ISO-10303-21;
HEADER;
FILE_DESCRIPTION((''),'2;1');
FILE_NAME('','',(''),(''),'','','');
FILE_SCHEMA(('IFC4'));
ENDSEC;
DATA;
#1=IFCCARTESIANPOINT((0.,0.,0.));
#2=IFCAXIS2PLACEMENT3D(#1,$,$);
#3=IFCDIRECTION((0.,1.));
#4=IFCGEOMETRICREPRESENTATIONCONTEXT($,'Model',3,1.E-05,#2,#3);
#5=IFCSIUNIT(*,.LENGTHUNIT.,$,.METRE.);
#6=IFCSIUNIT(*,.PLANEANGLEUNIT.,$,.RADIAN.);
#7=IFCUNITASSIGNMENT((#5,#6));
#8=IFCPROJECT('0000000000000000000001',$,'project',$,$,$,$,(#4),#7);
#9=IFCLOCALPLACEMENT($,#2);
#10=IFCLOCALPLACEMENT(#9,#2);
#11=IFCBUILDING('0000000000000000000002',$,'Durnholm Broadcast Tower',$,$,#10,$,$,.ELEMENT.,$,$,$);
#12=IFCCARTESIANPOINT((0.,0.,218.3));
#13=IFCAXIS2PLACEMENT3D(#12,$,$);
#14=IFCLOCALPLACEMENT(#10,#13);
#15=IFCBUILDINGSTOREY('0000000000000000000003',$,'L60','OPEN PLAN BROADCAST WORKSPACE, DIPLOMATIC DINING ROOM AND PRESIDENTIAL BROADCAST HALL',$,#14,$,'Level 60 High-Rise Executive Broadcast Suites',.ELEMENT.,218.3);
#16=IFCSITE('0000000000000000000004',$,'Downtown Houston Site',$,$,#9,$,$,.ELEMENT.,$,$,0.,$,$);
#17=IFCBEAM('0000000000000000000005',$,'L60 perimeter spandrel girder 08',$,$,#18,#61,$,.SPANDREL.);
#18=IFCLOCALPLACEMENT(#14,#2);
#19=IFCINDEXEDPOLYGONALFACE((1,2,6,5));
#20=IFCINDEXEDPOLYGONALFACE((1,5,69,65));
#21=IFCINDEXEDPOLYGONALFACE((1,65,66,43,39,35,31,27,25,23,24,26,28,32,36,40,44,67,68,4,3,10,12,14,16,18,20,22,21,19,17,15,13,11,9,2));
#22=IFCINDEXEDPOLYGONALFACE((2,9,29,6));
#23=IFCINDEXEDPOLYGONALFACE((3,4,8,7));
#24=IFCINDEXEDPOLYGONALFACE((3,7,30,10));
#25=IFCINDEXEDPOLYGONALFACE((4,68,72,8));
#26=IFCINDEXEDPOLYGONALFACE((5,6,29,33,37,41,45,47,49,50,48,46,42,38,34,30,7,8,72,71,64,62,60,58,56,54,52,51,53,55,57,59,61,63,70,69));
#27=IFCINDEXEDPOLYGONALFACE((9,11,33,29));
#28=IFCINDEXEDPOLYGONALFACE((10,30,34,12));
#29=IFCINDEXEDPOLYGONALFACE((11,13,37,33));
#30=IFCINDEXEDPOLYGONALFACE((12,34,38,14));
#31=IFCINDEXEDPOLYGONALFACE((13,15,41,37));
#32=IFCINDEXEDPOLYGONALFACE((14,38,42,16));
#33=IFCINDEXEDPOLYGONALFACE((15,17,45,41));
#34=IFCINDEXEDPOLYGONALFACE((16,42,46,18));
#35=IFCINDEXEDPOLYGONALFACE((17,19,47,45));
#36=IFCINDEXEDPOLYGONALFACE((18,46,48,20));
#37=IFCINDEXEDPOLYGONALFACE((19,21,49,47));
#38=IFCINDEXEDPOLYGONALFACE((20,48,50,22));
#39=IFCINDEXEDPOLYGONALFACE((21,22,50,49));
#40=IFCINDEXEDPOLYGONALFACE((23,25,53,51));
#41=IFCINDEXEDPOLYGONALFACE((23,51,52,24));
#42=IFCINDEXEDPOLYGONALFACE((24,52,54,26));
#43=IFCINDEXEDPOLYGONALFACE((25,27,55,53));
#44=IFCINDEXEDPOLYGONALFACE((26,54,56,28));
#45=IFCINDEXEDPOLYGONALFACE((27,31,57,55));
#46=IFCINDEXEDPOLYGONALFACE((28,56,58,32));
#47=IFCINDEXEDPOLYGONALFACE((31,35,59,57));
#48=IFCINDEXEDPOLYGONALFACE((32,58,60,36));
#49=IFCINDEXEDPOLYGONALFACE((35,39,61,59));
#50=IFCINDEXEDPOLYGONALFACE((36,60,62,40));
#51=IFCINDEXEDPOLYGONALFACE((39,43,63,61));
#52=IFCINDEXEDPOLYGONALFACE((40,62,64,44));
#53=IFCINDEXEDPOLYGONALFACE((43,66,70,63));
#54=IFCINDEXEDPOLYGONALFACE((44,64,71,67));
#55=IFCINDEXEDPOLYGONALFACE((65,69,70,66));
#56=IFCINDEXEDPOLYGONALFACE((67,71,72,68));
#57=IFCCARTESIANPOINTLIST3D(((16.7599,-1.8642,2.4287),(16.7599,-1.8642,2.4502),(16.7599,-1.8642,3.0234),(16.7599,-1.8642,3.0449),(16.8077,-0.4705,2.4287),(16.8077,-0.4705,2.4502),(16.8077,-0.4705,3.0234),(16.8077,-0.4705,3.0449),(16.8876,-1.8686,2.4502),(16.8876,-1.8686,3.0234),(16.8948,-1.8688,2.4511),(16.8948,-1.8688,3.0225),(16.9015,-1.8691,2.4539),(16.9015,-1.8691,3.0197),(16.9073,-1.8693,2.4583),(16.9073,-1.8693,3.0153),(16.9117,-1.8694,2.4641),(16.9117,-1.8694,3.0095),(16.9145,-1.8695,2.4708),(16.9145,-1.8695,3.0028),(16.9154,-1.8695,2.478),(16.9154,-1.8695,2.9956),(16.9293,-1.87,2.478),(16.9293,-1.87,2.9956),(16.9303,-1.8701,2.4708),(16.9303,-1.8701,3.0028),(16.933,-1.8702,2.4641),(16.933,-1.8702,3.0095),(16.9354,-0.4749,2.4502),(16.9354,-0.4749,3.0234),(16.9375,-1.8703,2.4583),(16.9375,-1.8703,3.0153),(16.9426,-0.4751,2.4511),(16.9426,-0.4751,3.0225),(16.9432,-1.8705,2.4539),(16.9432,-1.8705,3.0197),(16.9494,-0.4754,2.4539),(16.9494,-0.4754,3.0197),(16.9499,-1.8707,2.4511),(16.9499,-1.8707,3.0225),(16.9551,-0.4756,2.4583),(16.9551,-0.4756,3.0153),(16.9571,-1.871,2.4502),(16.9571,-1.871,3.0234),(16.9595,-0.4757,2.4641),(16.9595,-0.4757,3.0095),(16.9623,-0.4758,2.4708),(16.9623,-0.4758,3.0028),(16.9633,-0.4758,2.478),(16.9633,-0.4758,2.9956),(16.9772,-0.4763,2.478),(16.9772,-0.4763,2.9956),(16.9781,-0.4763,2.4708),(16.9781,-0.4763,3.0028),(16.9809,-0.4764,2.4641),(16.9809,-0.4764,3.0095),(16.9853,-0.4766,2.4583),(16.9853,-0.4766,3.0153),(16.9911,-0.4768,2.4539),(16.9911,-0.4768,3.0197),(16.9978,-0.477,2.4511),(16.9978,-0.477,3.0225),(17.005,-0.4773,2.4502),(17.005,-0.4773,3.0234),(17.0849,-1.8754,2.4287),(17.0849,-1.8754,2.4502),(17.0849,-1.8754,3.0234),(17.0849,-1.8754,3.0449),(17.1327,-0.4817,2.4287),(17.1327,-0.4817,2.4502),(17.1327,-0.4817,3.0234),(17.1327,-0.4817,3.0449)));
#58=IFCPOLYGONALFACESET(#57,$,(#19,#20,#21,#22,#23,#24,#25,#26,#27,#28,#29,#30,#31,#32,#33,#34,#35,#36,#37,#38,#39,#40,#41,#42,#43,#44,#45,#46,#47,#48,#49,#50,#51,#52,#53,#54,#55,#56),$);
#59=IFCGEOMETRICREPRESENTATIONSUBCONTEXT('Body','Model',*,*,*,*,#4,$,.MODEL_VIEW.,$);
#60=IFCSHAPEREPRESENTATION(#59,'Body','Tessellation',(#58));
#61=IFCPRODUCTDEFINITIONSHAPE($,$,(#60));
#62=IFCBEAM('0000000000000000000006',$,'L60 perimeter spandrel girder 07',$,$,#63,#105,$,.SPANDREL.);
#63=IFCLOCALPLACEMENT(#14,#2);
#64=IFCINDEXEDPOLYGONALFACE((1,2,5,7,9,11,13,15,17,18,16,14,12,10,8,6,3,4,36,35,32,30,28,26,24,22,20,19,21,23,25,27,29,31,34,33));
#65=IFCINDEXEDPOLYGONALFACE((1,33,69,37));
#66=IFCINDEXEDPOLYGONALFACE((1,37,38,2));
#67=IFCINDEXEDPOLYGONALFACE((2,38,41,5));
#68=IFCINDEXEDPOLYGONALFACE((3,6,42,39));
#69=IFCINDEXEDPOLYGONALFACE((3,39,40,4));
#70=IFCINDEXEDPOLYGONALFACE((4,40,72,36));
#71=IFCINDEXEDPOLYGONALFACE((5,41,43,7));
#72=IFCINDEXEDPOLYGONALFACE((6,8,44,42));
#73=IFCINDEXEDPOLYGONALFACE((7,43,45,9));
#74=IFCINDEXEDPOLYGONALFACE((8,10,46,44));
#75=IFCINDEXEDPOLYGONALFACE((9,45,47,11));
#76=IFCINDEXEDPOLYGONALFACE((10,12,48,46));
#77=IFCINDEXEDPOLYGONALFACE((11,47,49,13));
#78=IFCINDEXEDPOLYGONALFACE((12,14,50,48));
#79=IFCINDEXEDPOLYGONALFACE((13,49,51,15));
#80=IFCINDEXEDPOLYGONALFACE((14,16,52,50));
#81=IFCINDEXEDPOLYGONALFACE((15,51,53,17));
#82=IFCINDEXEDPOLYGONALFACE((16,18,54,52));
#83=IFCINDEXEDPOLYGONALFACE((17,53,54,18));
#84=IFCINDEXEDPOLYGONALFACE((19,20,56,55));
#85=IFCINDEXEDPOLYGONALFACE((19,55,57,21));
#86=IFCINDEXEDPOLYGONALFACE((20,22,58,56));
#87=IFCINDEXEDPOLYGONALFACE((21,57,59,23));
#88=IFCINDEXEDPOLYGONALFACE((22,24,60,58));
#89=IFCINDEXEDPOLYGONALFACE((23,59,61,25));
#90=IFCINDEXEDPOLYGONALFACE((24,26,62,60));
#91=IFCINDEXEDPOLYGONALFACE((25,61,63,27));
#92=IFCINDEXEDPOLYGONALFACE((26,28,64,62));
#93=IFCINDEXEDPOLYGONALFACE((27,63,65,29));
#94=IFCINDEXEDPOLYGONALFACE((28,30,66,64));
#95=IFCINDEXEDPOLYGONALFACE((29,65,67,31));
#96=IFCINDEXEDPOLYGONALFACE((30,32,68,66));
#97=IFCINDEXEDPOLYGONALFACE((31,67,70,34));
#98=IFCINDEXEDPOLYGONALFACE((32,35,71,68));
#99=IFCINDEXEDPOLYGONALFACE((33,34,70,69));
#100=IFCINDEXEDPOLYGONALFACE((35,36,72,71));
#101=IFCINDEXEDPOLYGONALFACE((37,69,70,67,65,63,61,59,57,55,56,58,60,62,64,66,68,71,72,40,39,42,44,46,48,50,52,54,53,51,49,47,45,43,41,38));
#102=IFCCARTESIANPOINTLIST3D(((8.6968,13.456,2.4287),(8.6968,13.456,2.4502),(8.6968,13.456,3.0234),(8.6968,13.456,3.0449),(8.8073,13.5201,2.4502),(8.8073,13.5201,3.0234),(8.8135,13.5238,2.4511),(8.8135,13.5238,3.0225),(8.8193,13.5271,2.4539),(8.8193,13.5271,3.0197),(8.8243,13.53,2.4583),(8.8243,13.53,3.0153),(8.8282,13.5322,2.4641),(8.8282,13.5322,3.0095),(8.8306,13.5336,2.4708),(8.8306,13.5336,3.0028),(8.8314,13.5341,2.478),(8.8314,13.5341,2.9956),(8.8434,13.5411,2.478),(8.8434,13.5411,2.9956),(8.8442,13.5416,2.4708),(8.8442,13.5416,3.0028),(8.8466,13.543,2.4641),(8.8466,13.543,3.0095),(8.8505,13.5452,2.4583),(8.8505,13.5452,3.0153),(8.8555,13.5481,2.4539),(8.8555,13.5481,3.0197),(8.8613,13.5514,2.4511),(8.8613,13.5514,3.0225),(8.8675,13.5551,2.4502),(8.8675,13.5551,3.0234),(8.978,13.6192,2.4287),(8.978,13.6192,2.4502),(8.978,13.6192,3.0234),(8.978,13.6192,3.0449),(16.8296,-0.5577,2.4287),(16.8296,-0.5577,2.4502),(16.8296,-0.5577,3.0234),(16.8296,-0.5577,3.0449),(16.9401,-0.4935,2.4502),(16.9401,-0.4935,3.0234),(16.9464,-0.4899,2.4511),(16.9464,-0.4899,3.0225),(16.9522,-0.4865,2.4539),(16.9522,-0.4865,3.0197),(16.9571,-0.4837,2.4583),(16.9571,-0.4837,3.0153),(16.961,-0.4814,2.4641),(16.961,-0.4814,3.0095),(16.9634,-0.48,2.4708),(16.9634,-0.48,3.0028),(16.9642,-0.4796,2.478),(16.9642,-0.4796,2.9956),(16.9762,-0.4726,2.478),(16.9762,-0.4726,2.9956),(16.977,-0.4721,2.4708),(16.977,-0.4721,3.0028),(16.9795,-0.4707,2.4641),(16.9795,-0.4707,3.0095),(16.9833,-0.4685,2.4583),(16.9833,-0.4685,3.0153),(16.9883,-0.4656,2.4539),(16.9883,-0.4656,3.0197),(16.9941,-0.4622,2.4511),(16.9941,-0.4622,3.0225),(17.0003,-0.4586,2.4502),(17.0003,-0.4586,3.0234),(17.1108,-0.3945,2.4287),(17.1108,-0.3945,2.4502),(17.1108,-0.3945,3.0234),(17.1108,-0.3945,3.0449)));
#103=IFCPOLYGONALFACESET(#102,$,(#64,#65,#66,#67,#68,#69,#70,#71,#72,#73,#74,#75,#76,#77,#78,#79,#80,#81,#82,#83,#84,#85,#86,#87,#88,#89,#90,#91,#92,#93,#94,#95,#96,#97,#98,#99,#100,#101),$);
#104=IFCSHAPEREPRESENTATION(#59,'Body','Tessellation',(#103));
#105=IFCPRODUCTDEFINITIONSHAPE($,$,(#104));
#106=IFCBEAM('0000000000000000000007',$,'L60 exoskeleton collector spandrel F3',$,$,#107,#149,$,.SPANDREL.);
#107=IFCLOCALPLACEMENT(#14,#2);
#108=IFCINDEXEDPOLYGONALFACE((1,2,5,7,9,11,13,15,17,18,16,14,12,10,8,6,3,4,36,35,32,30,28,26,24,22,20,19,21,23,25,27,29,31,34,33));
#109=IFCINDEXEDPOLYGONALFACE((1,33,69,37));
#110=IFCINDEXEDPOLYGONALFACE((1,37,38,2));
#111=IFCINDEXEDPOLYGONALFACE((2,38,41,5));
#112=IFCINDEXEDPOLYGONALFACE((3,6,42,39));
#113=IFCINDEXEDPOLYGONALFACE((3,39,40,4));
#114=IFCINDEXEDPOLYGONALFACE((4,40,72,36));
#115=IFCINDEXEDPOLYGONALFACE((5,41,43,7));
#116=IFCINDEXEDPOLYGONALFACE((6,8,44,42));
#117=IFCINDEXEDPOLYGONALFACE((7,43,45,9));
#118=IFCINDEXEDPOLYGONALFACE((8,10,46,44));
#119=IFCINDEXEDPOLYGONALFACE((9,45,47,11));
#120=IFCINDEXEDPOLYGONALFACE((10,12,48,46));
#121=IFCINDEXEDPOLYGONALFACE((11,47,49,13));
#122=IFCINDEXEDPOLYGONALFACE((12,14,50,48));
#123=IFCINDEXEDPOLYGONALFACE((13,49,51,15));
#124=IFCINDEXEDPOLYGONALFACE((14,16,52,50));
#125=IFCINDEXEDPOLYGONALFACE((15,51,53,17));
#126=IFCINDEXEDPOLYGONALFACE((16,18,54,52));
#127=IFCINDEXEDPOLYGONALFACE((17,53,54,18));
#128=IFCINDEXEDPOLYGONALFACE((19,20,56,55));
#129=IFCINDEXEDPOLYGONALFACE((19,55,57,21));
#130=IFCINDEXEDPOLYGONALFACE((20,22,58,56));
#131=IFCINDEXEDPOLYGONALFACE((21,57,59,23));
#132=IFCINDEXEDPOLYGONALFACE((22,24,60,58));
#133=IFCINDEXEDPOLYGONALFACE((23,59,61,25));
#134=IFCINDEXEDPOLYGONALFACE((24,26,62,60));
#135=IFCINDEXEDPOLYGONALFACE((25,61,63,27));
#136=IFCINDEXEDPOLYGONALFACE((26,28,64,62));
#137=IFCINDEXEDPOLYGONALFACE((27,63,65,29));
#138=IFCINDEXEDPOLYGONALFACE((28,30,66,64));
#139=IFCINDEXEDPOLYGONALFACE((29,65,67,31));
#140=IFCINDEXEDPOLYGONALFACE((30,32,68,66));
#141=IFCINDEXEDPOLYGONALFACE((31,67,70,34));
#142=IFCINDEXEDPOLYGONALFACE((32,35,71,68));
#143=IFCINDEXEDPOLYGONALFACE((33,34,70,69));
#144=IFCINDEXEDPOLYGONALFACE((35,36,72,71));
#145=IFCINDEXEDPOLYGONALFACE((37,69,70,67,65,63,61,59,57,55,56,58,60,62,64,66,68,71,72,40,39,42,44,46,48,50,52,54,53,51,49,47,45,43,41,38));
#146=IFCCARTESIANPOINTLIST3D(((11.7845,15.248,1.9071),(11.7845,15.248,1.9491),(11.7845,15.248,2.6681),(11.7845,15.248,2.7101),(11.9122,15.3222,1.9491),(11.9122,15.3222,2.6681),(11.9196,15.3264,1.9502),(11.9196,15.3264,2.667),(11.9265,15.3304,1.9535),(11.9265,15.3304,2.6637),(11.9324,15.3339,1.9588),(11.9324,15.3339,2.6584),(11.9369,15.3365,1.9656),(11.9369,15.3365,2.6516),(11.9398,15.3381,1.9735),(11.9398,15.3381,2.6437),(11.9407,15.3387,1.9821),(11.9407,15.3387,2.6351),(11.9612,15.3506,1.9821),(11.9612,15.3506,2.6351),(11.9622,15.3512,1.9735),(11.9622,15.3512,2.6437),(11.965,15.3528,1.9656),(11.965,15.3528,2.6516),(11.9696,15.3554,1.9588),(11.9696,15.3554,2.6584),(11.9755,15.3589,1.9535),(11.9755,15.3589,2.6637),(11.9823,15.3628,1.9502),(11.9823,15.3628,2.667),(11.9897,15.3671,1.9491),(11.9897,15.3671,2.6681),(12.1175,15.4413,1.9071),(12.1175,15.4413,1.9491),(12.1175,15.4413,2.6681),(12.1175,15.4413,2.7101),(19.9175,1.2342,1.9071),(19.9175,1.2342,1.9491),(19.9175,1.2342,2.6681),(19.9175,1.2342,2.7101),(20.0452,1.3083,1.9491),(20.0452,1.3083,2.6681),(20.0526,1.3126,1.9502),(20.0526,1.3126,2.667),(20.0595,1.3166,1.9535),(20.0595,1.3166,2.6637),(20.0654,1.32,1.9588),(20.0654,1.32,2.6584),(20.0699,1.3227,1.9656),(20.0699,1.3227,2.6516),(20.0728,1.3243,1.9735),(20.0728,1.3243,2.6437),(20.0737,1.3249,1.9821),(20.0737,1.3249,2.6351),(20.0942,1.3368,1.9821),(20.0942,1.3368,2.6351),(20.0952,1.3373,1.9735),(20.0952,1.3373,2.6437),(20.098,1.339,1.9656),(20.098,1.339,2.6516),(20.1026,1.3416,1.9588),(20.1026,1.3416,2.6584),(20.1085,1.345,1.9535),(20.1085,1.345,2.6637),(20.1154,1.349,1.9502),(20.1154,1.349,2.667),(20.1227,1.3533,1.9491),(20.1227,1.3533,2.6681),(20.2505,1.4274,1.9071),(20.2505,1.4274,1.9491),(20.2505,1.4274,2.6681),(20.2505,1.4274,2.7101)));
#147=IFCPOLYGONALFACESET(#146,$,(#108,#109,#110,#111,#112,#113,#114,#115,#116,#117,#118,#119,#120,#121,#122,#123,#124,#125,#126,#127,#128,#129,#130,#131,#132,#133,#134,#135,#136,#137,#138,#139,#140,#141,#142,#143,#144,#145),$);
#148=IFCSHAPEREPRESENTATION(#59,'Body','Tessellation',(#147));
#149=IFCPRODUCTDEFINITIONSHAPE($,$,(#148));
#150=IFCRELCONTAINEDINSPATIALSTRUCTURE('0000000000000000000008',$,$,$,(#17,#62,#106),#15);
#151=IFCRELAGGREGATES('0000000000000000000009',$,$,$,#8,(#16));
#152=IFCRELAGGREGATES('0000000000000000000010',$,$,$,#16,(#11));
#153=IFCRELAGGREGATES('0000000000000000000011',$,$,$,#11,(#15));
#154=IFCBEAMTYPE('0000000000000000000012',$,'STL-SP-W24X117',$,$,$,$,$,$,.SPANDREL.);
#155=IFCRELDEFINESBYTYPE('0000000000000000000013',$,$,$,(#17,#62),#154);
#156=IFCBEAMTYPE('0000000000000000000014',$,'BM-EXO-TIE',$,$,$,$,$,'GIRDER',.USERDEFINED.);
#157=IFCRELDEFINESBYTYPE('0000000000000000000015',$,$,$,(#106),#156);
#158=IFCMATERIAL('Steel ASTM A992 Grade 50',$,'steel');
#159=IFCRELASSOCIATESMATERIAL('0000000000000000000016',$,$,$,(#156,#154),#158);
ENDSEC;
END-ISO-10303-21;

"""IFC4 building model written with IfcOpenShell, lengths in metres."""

from ifc_helpers import new_model, si_unit, direction, frame, origin, origin_2d, place, context, subcontext, project, spatial, i_section, extrude, source, transform, mapped, material, material_profile, profile_set, type_object, type_shapes, element, save


model = new_model("IFC4")

# Units and contexts
model_context = context("Model", 3, precision=1e-05, world=origin(), true_north=direction((0.0, 1.0)))
body_context = subcontext(model_context, "Body", "Model", "MODEL_VIEW")
ifc_project = project(units=[si_unit("LENGTHUNIT", "METRE"), si_unit("PLANEANGLEUNIT", "RADIAN")], contexts=[model_context])

# Site, building, storey
site_placement = place(None, origin())
site = spatial("IfcSite", under=ifc_project, at=site_placement, Name="Downtown Houston Site", CompositionType="ELEMENT", RefElevation=0.0)
building_placement = place(site_placement, origin())
building = spatial("IfcBuilding", under=site, at=building_placement, Name="Durnholm Broadcast Tower", CompositionType="ELEMENT")
storey_placement = place(building_placement, frame((0.0, 0.0, 218.3)))
storey = spatial("IfcBuildingStorey", under=building, at=storey_placement, Name="L60", Description="OPEN PLAN BROADCAST WORKSPACE, DIPLOMATIC DINING ROOM AND PRESIDENTIAL BROADCAST HALL", LongName="Level 60 High-Rise Executive Broadcast Suites", CompositionType="ELEMENT", Elevation=218.3)

# Beams
ifc_material_1 = material(Name="Steel ASTM A992 Grade 50", Category="steel")
ifc_material_profile_1 = material_profile(ifc_material_1, i_section(OverallWidth=0.385, OverallDepth=0.803, WebThickness=0.0237, FlangeThickness=0.042, FilletRadius=0.033, at=origin_2d()), Name="W30X261")
ifc_profile_set_1 = profile_set([ifc_material_profile_1], Name="Steel ASTM A992 Grade 50")
beam_type_1 = type_object("IfcBeamType", Name="BM-EXO-TIE", ElementType="GIRDER", PredefinedType="USERDEFINED", material=ifc_profile_set_1)
ifc_material_profile_2 = material_profile(ifc_material_1, i_section(OverallWidth=0.3252, OverallDepth=0.6162, WebThickness=0.0139, FlangeThickness=0.0215, FilletRadius=0.0278, at=origin_2d()), Name="W24X117")
ifc_profile_set_2 = profile_set([ifc_material_profile_2], Name="Steel ASTM A992 Grade 50")
beam_type_2 = type_object("IfcBeamType", Name="STL-SP-W24X117", PredefinedType="SPANDREL", material=ifc_profile_set_2)
shared_shape_1 = source(origin(), body_context, "Body", "SweptSolid", [
    extrude(i_section(OverallWidth=0.3252, OverallDepth=0.6162, WebThickness=0.0139, FlangeThickness=0.0215, FilletRadius=0.0278, at=origin_2d()), origin(), (0.0, 0.0, 1.0), 1.3945),
])
beam_1_placement = place(storey_placement, frame((16.9702, -0.4761, 2.7368), z_axis=(-0.034312, -0.999411, 0.0), x_axis=(0.999411, -0.034312, 0.0)))
element("IfcBeam", 1, at=beam_1_placement, inside=storey, type_object=beam_type_2, Name="L60 perimeter spandrel girder 08", PredefinedType="SPANDREL", context=body_context, shape_type="MappedRepresentation", body=[
    mapped(shared_shape_1, transform((0.0, 0.0, 0.0), x_axis=(1.0, 0.0, 0.0), y_axis=(0.0, 1.0, 0.0), z_axis=(0.0, 0.0, 1.0), scale=1.0)),
])
shared_shape_2 = source(origin(), body_context, "Body", "SweptSolid", [
    extrude(i_section(OverallWidth=0.3252, OverallDepth=0.6162, WebThickness=0.0139, FlangeThickness=0.0215, FilletRadius=0.0278, at=origin_2d()), origin(), (0.0, 0.0, 1.0), 16.2026),
])
type_shapes(beam_type_2, [shared_shape_1, shared_shape_2])
beam_2_placement = place(storey_placement, frame((8.8374, 13.5376, 2.7368), z_axis=(0.501944, -0.8649, 0.0), x_axis=(0.8649, 0.501944, 0.0)))
element("IfcBeam", 2, at=beam_2_placement, inside=storey, type_object=beam_type_2, Name="L60 perimeter spandrel girder 07", PredefinedType="SPANDREL", context=body_context, shape_type="MappedRepresentation", body=[
    mapped(shared_shape_2, transform((0.0, 0.0, 0.0), x_axis=(1.0, 0.0, 0.0), y_axis=(0.0, 1.0, 0.0), z_axis=(0.0, 0.0, 1.0), scale=1.0)),
])
shared_shape_3 = source(origin(), body_context, "Body", "SweptSolid", [
    extrude(i_section(OverallWidth=0.385, OverallDepth=0.803, WebThickness=0.0237, FlangeThickness=0.042, FilletRadius=0.033, at=origin_2d()), origin(), (0.0, 0.0, 1.0), 16.2029),
])
beam_3_placement = place(storey_placement, frame((20.084, 1.3308, 2.3086), z_axis=(-0.501948, 0.864898, 0.0), x_axis=(-0.864898, -0.501948, 0.0)))
element("IfcBeam", 3, at=beam_3_placement, inside=storey, type_object=beam_type_1, Name="L60 exoskeleton collector spandrel F3", PredefinedType="SPANDREL", context=body_context, shape_type="MappedRepresentation", body=[
    mapped(shared_shape_3, transform((0.0, 0.0, 0.0), x_axis=(1.0, 0.0, 0.0), y_axis=(0.0, 1.0, 0.0), z_axis=(0.0, 0.0, 1.0), scale=1.0)),
])

save(model, "model.ifc")
